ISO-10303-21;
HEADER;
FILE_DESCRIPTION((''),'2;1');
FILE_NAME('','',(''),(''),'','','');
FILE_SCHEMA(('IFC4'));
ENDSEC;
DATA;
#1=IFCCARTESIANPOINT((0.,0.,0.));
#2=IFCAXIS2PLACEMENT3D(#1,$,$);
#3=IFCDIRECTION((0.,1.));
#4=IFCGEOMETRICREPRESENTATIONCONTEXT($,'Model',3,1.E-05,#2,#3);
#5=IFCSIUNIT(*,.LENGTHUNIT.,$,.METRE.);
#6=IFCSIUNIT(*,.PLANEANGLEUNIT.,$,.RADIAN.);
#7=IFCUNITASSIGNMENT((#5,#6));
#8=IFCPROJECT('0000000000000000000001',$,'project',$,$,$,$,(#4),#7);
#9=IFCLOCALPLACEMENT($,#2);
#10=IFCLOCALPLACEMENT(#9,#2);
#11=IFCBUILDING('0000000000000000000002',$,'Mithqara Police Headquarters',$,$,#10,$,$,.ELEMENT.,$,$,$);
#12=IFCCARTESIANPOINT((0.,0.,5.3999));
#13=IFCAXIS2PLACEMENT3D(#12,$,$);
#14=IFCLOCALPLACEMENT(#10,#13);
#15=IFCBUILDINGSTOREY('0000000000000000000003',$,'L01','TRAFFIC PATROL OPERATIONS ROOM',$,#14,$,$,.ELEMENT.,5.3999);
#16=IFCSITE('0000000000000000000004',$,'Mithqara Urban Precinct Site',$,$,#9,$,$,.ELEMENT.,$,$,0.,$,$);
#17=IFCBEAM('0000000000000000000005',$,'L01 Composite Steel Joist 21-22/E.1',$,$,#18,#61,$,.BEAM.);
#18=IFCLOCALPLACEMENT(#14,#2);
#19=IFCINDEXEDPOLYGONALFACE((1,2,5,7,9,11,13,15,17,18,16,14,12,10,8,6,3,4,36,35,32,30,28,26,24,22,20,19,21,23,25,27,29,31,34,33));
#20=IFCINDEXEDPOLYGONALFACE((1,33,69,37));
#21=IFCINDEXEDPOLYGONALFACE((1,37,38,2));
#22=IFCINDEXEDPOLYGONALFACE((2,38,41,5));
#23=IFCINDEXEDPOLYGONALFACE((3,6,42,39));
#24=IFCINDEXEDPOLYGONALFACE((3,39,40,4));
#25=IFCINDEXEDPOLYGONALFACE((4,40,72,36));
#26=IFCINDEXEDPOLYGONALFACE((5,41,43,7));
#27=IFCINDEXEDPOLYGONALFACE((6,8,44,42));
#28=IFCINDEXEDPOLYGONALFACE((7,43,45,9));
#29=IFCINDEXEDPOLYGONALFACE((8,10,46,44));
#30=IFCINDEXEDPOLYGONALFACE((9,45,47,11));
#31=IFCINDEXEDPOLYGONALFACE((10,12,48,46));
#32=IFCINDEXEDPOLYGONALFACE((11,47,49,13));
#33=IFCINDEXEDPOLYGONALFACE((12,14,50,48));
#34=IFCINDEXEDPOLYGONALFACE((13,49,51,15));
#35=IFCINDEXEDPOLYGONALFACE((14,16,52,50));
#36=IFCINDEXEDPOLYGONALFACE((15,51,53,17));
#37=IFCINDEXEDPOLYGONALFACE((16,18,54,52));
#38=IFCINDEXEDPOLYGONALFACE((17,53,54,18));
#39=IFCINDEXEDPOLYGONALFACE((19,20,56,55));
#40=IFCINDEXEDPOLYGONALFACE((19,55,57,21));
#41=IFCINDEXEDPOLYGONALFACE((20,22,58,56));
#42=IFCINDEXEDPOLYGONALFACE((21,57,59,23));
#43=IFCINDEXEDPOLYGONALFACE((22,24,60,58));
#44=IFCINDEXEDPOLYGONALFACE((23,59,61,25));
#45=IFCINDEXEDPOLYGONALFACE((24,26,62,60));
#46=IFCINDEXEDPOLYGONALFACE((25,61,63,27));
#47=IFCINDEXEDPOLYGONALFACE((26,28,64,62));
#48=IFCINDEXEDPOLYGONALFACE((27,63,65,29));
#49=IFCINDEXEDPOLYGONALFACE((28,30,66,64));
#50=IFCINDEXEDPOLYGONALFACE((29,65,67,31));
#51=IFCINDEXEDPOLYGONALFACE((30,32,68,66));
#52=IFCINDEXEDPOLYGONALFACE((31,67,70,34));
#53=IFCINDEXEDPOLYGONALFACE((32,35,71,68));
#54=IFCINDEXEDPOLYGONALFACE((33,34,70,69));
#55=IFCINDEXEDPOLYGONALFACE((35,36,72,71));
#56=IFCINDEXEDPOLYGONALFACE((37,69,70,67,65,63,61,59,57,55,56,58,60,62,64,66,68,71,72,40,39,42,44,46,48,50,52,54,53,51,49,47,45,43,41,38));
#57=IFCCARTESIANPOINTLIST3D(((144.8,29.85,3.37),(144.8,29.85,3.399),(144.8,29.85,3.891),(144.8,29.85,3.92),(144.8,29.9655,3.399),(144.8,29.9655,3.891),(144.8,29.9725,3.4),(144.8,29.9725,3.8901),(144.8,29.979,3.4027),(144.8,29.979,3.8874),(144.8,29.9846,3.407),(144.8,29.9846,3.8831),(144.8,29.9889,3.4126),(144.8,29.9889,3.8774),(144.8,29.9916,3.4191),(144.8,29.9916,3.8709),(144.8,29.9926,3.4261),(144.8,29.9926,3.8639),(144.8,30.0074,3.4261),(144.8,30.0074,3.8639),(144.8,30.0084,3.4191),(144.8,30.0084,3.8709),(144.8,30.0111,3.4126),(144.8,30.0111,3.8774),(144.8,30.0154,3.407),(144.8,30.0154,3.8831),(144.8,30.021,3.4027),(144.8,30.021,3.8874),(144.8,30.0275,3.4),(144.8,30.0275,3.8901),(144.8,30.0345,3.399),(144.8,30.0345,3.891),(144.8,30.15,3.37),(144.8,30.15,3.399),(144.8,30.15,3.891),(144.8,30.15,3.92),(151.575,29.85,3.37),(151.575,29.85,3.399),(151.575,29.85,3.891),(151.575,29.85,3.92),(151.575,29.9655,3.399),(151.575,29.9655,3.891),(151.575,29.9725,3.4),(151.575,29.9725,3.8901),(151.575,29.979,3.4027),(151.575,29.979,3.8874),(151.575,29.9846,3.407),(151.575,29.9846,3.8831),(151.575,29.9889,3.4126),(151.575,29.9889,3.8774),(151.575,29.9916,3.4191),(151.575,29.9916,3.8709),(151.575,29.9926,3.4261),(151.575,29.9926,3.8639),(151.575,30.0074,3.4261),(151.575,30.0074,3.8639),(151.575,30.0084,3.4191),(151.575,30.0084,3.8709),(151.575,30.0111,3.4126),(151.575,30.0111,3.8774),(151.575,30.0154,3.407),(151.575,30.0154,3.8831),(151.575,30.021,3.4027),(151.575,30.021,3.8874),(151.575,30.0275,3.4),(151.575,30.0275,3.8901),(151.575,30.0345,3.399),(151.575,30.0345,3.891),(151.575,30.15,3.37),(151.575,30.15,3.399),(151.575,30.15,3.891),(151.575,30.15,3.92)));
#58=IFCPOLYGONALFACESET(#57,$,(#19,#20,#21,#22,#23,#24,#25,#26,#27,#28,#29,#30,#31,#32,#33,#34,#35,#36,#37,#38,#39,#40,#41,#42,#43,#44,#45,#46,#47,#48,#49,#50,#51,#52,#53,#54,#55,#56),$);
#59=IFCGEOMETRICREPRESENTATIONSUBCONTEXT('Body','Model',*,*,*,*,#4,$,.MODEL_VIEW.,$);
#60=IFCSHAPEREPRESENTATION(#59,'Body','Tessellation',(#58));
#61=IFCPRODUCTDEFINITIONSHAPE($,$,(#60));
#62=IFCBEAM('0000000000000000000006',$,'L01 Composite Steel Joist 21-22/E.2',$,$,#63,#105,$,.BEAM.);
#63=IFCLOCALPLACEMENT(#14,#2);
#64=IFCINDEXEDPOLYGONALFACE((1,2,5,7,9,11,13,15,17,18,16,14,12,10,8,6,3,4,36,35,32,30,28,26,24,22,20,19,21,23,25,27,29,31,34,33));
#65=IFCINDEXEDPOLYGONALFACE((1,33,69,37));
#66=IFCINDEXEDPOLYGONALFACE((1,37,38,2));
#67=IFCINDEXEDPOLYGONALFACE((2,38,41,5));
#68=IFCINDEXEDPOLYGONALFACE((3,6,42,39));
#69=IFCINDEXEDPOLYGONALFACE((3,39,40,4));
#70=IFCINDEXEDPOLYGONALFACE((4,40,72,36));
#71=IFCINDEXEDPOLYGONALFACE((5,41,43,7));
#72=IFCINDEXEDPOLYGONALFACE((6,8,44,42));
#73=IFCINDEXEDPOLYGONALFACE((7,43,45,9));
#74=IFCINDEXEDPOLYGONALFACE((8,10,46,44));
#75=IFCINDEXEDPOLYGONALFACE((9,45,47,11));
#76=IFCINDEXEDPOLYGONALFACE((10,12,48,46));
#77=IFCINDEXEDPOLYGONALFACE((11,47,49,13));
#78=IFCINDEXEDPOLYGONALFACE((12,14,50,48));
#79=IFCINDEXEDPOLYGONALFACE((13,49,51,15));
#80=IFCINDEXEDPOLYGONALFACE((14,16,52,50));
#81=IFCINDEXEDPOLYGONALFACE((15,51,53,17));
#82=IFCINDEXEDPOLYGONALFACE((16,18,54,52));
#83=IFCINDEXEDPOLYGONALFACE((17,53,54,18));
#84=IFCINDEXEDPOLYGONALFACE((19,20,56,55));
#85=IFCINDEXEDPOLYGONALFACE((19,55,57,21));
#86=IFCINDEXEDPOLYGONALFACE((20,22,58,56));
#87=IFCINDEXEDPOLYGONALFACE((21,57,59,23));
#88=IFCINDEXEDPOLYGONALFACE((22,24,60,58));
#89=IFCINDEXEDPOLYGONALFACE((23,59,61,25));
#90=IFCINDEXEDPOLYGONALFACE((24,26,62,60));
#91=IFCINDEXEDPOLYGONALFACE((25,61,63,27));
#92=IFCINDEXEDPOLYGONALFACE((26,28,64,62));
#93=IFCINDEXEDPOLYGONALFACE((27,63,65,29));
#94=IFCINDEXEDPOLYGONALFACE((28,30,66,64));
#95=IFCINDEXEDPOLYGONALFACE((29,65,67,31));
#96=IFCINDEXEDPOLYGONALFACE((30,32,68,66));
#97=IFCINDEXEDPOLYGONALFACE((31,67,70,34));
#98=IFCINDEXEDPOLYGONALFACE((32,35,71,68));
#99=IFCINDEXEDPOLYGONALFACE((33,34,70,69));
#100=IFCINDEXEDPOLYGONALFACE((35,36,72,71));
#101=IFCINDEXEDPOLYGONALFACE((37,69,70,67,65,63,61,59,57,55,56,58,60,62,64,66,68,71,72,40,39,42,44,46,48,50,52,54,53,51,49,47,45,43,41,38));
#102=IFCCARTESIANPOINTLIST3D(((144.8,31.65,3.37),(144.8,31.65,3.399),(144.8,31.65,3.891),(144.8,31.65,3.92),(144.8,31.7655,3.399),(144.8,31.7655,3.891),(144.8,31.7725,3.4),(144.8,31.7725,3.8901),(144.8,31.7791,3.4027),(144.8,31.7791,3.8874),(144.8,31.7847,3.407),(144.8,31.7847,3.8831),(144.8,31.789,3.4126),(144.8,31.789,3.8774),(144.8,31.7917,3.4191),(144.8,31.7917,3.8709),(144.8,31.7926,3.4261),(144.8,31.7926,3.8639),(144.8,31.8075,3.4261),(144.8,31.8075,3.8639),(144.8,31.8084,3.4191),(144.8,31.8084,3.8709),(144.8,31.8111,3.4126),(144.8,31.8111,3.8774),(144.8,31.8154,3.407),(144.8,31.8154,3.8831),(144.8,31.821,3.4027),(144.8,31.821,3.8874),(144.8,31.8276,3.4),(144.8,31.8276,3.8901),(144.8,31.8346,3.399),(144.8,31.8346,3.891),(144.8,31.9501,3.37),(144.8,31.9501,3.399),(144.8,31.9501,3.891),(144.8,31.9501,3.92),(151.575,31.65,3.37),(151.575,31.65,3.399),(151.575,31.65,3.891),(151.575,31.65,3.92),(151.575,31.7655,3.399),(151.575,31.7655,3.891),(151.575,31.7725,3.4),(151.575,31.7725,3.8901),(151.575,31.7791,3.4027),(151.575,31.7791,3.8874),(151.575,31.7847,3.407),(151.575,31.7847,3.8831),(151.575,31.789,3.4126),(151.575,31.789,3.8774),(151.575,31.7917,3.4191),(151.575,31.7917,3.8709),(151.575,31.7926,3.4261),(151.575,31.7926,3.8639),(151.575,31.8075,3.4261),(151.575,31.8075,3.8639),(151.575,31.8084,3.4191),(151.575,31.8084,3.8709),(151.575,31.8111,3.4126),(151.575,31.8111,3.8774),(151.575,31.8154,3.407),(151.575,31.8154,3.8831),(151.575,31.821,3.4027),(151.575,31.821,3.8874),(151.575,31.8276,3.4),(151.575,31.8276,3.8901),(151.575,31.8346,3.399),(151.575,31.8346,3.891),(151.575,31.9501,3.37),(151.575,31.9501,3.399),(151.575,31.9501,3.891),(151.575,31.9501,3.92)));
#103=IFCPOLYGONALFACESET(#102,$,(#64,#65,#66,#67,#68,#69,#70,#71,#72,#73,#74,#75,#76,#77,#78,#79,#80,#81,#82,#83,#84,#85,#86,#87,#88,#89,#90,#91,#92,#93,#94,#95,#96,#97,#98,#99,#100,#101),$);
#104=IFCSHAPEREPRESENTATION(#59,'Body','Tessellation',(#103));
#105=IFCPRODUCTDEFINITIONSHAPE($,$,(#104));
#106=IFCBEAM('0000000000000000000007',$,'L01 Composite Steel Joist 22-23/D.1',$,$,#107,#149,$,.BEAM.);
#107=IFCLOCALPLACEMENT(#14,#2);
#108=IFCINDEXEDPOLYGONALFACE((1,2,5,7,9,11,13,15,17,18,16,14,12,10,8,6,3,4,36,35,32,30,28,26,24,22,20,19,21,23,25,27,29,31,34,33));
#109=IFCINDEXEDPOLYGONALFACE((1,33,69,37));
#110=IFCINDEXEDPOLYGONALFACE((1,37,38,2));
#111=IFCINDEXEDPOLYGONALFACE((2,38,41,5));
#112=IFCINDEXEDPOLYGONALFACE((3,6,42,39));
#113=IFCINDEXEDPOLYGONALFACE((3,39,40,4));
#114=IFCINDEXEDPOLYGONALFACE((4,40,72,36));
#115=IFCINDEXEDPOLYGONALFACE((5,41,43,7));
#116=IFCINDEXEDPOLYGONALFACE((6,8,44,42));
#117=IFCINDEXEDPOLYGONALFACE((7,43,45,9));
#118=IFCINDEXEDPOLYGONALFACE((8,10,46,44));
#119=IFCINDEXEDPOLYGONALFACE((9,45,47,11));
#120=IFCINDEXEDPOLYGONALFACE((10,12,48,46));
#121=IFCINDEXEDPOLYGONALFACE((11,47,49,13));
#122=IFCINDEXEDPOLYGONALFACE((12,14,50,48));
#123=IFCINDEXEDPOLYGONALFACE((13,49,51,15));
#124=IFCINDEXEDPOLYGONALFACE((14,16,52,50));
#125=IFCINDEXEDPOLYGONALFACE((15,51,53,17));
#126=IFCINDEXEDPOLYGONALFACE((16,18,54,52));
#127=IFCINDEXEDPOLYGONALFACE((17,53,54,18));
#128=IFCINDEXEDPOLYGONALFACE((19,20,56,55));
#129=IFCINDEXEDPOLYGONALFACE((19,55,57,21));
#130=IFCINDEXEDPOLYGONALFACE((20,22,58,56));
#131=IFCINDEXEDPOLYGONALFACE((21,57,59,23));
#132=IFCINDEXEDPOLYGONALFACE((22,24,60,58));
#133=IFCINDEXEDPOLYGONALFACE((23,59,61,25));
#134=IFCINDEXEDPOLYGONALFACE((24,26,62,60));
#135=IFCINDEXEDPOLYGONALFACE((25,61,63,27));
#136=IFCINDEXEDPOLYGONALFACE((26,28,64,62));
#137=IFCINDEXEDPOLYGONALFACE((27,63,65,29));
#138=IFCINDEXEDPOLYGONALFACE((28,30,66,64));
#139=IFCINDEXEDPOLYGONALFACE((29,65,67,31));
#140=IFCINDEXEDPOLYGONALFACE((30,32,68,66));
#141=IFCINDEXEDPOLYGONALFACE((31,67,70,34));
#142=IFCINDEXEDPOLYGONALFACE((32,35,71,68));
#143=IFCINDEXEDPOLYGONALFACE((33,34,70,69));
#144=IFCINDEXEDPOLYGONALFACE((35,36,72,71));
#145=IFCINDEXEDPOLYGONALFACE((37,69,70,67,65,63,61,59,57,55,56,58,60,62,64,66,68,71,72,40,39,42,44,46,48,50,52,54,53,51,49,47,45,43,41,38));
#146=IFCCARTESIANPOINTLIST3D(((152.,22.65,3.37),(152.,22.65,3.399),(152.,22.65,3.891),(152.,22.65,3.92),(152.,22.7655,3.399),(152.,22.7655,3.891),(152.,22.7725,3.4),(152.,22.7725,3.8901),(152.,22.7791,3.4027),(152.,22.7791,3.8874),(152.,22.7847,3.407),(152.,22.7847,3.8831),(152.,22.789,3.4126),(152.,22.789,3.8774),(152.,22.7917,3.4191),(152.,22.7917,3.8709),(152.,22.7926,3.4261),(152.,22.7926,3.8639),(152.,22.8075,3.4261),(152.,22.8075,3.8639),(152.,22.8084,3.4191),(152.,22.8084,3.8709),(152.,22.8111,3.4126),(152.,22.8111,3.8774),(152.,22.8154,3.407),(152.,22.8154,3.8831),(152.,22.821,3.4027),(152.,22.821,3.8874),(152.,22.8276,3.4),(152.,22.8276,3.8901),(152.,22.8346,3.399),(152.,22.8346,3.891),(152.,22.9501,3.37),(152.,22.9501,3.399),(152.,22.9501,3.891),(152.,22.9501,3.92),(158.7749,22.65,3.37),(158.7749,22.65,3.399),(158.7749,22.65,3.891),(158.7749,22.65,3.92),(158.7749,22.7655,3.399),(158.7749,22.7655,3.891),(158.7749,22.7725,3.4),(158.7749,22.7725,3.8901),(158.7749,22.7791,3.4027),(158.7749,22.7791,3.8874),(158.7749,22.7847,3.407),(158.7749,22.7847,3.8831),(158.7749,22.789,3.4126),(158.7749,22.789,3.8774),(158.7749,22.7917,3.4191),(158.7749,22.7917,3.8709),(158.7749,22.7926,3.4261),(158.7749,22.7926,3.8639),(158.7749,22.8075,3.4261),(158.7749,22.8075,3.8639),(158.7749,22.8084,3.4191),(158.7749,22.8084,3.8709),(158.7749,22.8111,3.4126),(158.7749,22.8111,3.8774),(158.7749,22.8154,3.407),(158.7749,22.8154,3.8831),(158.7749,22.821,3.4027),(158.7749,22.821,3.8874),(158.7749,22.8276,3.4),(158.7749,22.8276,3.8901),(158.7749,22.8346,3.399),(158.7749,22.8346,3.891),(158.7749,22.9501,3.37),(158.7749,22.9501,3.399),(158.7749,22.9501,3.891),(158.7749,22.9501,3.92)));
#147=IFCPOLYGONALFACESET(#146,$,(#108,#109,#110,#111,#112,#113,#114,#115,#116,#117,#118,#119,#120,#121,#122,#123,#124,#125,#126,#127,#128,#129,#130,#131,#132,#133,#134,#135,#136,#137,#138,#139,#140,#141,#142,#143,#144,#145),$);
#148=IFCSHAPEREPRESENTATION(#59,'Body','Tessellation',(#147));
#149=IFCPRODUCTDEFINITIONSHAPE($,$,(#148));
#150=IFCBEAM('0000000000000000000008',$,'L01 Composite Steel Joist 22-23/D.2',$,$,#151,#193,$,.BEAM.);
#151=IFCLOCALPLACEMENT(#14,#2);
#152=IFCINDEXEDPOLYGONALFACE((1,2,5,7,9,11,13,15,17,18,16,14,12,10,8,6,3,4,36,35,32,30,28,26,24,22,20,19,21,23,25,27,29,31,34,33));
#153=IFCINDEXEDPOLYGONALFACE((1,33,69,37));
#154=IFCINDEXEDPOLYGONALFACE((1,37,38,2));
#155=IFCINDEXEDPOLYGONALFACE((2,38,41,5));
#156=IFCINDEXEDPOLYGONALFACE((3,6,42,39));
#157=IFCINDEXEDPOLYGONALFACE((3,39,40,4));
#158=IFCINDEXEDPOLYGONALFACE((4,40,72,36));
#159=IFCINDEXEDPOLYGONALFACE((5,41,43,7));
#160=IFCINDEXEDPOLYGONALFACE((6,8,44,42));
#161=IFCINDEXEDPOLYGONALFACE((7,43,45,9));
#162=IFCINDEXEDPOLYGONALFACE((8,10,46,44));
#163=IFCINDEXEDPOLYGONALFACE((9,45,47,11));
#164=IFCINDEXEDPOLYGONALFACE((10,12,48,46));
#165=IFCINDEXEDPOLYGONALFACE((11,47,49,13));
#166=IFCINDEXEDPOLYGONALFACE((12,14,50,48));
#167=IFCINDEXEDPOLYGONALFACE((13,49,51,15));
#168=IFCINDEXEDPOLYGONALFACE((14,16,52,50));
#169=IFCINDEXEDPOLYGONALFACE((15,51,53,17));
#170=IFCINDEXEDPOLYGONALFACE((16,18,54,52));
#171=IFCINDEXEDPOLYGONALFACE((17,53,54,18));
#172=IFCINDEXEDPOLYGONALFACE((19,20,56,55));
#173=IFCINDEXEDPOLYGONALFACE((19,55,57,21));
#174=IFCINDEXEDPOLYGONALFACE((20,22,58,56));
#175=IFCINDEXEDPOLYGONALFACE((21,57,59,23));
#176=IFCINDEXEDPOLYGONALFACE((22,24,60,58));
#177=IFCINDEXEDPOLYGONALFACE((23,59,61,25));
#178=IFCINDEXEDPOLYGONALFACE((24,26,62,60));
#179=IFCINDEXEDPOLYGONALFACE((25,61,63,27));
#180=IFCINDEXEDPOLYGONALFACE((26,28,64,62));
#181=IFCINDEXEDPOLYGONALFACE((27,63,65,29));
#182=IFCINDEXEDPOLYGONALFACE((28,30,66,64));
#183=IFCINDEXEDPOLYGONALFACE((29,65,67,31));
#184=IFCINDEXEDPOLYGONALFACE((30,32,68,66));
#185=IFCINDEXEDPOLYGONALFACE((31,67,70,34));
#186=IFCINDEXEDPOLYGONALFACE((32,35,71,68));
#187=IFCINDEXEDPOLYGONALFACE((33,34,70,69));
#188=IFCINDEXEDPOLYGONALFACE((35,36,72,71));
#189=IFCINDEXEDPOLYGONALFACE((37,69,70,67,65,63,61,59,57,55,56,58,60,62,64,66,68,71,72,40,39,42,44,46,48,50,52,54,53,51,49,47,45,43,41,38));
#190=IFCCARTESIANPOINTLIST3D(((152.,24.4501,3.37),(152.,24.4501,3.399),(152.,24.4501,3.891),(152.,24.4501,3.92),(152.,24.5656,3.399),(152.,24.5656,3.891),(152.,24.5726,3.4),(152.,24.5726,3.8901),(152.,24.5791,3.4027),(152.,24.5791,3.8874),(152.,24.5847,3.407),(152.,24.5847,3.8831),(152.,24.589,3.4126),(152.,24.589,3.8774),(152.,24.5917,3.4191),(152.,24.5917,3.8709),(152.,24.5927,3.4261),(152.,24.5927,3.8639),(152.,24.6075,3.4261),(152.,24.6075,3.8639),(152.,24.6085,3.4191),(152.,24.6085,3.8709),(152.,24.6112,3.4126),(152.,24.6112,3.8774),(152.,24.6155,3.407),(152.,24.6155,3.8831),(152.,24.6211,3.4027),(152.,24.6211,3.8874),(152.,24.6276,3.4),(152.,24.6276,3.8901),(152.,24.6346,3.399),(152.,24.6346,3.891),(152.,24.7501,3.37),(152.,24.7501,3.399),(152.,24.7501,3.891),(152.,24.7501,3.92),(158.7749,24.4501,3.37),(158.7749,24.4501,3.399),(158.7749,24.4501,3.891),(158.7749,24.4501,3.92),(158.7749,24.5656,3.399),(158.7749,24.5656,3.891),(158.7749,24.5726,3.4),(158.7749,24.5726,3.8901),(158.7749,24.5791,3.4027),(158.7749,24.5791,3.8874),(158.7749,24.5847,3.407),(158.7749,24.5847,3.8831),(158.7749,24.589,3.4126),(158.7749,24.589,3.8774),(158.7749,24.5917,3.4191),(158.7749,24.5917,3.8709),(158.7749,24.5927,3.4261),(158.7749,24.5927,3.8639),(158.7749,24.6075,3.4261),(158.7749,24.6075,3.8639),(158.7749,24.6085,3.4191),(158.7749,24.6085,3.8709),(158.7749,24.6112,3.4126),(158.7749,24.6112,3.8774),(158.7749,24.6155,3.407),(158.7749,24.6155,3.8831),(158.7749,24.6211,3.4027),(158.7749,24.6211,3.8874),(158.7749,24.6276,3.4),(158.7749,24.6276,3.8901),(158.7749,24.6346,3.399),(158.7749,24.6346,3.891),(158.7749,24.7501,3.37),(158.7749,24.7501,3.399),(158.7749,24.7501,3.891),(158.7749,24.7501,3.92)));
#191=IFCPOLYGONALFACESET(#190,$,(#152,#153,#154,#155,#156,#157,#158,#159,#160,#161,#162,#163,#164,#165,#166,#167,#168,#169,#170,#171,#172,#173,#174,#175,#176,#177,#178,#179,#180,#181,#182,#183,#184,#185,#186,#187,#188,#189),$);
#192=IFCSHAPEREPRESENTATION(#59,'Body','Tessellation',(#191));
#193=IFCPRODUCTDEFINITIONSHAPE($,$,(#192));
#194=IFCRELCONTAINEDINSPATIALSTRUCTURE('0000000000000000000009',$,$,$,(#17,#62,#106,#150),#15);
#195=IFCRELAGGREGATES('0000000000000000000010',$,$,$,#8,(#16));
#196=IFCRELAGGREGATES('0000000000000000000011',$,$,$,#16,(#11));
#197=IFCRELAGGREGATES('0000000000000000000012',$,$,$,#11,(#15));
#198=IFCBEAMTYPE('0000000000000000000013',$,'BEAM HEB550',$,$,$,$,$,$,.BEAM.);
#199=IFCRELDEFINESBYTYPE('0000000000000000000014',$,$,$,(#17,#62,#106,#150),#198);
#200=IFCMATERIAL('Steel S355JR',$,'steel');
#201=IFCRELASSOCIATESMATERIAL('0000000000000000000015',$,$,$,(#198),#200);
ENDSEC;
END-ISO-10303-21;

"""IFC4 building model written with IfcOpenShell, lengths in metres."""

from ifc_helpers import new_model, si_unit, direction, frame, origin, origin_2d, place, context, subcontext, project, spatial, i_section, extrude, material, material_profile, profile_set, type_object, element, save


model = new_model("IFC4")

# Units and contexts
model_context = context("Model", 3, precision=1e-05, world=origin(), true_north=direction((0.0, 1.0)))
body_context = subcontext(model_context, "Body", "Model", "MODEL_VIEW")
ifc_project = project(units=[si_unit("LENGTHUNIT", "METRE"), si_unit("PLANEANGLEUNIT", "RADIAN")], contexts=[model_context])

# Site, building, storey
site_placement = place(None, origin())
site = spatial("IfcSite", under=ifc_project, at=site_placement, Name="Mithqara Urban Precinct Site", CompositionType="ELEMENT", RefElevation=0.0)
building_placement = place(site_placement, origin())
building = spatial("IfcBuilding", under=site, at=building_placement, Name="Mithqara Police Headquarters", CompositionType="ELEMENT")
storey_placement = place(building_placement, frame((0.0, 0.0, 5.3999)))
storey = spatial("IfcBuildingStorey", under=building, at=storey_placement, Name="L01", Description="TRAFFIC PATROL OPERATIONS ROOM", CompositionType="ELEMENT", Elevation=5.3999)

# Beams
ifc_material_1 = material(Name="Steel S355JR", Category="steel")
ifc_material_profile_1 = material_profile(ifc_material_1, i_section(OverallWidth=0.3, OverallDepth=0.55, WebThickness=0.0149, FlangeThickness=0.0291, FilletRadius=0.0271, at=origin_2d()), Name="HEB 550")
ifc_profile_set_1 = profile_set([ifc_material_profile_1], Name="Steel S355JR")
beam_type_1 = type_object("IfcBeamType", Name="BEAM HEB550", PredefinedType="BEAM", material=ifc_profile_set_1)
for number, where, z_axis, x_axis, name in (
    (1, (144.8, 30.0, 3.645), (1.0, 0.0, 0.0), (0.0, 1.0, 0.0), "L01 Composite Steel Joist 21-22/E.1"),
    (2, (144.8, 31.8, 3.645), (1.0, 0.0, 0.0), (0.0, 1.0, 0.0), "L01 Composite Steel Joist 21-22/E.2"),
    (3, (152.0, 22.8, 3.645), (1.0, 0.0, 0.0), (0.0, 1.0, 0.0), "L01 Composite Steel Joist 22-23/D.1"),
    (4, (152.0, 24.6001, 3.645), (1.0, 0.0, 0.0), (0.0, 1.0, 0.0), "L01 Composite Steel Joist 22-23/D.2"),
):
    element("IfcBeam", number, at=place(storey_placement, frame(where, z_axis=z_axis, x_axis=x_axis)), inside=storey, type_object=beam_type_1, Name=name, PredefinedType="BEAM", context=body_context, shape_type="SweptSolid", body=[
        extrude(i_section(OverallWidth=0.3, OverallDepth=0.55, WebThickness=0.0149, FlangeThickness=0.0291, FilletRadius=0.0271, at=origin_2d()), origin(), (0.0, 0.0, 1.0), 6.7749),
    ])

save(model, "model.ifc")
